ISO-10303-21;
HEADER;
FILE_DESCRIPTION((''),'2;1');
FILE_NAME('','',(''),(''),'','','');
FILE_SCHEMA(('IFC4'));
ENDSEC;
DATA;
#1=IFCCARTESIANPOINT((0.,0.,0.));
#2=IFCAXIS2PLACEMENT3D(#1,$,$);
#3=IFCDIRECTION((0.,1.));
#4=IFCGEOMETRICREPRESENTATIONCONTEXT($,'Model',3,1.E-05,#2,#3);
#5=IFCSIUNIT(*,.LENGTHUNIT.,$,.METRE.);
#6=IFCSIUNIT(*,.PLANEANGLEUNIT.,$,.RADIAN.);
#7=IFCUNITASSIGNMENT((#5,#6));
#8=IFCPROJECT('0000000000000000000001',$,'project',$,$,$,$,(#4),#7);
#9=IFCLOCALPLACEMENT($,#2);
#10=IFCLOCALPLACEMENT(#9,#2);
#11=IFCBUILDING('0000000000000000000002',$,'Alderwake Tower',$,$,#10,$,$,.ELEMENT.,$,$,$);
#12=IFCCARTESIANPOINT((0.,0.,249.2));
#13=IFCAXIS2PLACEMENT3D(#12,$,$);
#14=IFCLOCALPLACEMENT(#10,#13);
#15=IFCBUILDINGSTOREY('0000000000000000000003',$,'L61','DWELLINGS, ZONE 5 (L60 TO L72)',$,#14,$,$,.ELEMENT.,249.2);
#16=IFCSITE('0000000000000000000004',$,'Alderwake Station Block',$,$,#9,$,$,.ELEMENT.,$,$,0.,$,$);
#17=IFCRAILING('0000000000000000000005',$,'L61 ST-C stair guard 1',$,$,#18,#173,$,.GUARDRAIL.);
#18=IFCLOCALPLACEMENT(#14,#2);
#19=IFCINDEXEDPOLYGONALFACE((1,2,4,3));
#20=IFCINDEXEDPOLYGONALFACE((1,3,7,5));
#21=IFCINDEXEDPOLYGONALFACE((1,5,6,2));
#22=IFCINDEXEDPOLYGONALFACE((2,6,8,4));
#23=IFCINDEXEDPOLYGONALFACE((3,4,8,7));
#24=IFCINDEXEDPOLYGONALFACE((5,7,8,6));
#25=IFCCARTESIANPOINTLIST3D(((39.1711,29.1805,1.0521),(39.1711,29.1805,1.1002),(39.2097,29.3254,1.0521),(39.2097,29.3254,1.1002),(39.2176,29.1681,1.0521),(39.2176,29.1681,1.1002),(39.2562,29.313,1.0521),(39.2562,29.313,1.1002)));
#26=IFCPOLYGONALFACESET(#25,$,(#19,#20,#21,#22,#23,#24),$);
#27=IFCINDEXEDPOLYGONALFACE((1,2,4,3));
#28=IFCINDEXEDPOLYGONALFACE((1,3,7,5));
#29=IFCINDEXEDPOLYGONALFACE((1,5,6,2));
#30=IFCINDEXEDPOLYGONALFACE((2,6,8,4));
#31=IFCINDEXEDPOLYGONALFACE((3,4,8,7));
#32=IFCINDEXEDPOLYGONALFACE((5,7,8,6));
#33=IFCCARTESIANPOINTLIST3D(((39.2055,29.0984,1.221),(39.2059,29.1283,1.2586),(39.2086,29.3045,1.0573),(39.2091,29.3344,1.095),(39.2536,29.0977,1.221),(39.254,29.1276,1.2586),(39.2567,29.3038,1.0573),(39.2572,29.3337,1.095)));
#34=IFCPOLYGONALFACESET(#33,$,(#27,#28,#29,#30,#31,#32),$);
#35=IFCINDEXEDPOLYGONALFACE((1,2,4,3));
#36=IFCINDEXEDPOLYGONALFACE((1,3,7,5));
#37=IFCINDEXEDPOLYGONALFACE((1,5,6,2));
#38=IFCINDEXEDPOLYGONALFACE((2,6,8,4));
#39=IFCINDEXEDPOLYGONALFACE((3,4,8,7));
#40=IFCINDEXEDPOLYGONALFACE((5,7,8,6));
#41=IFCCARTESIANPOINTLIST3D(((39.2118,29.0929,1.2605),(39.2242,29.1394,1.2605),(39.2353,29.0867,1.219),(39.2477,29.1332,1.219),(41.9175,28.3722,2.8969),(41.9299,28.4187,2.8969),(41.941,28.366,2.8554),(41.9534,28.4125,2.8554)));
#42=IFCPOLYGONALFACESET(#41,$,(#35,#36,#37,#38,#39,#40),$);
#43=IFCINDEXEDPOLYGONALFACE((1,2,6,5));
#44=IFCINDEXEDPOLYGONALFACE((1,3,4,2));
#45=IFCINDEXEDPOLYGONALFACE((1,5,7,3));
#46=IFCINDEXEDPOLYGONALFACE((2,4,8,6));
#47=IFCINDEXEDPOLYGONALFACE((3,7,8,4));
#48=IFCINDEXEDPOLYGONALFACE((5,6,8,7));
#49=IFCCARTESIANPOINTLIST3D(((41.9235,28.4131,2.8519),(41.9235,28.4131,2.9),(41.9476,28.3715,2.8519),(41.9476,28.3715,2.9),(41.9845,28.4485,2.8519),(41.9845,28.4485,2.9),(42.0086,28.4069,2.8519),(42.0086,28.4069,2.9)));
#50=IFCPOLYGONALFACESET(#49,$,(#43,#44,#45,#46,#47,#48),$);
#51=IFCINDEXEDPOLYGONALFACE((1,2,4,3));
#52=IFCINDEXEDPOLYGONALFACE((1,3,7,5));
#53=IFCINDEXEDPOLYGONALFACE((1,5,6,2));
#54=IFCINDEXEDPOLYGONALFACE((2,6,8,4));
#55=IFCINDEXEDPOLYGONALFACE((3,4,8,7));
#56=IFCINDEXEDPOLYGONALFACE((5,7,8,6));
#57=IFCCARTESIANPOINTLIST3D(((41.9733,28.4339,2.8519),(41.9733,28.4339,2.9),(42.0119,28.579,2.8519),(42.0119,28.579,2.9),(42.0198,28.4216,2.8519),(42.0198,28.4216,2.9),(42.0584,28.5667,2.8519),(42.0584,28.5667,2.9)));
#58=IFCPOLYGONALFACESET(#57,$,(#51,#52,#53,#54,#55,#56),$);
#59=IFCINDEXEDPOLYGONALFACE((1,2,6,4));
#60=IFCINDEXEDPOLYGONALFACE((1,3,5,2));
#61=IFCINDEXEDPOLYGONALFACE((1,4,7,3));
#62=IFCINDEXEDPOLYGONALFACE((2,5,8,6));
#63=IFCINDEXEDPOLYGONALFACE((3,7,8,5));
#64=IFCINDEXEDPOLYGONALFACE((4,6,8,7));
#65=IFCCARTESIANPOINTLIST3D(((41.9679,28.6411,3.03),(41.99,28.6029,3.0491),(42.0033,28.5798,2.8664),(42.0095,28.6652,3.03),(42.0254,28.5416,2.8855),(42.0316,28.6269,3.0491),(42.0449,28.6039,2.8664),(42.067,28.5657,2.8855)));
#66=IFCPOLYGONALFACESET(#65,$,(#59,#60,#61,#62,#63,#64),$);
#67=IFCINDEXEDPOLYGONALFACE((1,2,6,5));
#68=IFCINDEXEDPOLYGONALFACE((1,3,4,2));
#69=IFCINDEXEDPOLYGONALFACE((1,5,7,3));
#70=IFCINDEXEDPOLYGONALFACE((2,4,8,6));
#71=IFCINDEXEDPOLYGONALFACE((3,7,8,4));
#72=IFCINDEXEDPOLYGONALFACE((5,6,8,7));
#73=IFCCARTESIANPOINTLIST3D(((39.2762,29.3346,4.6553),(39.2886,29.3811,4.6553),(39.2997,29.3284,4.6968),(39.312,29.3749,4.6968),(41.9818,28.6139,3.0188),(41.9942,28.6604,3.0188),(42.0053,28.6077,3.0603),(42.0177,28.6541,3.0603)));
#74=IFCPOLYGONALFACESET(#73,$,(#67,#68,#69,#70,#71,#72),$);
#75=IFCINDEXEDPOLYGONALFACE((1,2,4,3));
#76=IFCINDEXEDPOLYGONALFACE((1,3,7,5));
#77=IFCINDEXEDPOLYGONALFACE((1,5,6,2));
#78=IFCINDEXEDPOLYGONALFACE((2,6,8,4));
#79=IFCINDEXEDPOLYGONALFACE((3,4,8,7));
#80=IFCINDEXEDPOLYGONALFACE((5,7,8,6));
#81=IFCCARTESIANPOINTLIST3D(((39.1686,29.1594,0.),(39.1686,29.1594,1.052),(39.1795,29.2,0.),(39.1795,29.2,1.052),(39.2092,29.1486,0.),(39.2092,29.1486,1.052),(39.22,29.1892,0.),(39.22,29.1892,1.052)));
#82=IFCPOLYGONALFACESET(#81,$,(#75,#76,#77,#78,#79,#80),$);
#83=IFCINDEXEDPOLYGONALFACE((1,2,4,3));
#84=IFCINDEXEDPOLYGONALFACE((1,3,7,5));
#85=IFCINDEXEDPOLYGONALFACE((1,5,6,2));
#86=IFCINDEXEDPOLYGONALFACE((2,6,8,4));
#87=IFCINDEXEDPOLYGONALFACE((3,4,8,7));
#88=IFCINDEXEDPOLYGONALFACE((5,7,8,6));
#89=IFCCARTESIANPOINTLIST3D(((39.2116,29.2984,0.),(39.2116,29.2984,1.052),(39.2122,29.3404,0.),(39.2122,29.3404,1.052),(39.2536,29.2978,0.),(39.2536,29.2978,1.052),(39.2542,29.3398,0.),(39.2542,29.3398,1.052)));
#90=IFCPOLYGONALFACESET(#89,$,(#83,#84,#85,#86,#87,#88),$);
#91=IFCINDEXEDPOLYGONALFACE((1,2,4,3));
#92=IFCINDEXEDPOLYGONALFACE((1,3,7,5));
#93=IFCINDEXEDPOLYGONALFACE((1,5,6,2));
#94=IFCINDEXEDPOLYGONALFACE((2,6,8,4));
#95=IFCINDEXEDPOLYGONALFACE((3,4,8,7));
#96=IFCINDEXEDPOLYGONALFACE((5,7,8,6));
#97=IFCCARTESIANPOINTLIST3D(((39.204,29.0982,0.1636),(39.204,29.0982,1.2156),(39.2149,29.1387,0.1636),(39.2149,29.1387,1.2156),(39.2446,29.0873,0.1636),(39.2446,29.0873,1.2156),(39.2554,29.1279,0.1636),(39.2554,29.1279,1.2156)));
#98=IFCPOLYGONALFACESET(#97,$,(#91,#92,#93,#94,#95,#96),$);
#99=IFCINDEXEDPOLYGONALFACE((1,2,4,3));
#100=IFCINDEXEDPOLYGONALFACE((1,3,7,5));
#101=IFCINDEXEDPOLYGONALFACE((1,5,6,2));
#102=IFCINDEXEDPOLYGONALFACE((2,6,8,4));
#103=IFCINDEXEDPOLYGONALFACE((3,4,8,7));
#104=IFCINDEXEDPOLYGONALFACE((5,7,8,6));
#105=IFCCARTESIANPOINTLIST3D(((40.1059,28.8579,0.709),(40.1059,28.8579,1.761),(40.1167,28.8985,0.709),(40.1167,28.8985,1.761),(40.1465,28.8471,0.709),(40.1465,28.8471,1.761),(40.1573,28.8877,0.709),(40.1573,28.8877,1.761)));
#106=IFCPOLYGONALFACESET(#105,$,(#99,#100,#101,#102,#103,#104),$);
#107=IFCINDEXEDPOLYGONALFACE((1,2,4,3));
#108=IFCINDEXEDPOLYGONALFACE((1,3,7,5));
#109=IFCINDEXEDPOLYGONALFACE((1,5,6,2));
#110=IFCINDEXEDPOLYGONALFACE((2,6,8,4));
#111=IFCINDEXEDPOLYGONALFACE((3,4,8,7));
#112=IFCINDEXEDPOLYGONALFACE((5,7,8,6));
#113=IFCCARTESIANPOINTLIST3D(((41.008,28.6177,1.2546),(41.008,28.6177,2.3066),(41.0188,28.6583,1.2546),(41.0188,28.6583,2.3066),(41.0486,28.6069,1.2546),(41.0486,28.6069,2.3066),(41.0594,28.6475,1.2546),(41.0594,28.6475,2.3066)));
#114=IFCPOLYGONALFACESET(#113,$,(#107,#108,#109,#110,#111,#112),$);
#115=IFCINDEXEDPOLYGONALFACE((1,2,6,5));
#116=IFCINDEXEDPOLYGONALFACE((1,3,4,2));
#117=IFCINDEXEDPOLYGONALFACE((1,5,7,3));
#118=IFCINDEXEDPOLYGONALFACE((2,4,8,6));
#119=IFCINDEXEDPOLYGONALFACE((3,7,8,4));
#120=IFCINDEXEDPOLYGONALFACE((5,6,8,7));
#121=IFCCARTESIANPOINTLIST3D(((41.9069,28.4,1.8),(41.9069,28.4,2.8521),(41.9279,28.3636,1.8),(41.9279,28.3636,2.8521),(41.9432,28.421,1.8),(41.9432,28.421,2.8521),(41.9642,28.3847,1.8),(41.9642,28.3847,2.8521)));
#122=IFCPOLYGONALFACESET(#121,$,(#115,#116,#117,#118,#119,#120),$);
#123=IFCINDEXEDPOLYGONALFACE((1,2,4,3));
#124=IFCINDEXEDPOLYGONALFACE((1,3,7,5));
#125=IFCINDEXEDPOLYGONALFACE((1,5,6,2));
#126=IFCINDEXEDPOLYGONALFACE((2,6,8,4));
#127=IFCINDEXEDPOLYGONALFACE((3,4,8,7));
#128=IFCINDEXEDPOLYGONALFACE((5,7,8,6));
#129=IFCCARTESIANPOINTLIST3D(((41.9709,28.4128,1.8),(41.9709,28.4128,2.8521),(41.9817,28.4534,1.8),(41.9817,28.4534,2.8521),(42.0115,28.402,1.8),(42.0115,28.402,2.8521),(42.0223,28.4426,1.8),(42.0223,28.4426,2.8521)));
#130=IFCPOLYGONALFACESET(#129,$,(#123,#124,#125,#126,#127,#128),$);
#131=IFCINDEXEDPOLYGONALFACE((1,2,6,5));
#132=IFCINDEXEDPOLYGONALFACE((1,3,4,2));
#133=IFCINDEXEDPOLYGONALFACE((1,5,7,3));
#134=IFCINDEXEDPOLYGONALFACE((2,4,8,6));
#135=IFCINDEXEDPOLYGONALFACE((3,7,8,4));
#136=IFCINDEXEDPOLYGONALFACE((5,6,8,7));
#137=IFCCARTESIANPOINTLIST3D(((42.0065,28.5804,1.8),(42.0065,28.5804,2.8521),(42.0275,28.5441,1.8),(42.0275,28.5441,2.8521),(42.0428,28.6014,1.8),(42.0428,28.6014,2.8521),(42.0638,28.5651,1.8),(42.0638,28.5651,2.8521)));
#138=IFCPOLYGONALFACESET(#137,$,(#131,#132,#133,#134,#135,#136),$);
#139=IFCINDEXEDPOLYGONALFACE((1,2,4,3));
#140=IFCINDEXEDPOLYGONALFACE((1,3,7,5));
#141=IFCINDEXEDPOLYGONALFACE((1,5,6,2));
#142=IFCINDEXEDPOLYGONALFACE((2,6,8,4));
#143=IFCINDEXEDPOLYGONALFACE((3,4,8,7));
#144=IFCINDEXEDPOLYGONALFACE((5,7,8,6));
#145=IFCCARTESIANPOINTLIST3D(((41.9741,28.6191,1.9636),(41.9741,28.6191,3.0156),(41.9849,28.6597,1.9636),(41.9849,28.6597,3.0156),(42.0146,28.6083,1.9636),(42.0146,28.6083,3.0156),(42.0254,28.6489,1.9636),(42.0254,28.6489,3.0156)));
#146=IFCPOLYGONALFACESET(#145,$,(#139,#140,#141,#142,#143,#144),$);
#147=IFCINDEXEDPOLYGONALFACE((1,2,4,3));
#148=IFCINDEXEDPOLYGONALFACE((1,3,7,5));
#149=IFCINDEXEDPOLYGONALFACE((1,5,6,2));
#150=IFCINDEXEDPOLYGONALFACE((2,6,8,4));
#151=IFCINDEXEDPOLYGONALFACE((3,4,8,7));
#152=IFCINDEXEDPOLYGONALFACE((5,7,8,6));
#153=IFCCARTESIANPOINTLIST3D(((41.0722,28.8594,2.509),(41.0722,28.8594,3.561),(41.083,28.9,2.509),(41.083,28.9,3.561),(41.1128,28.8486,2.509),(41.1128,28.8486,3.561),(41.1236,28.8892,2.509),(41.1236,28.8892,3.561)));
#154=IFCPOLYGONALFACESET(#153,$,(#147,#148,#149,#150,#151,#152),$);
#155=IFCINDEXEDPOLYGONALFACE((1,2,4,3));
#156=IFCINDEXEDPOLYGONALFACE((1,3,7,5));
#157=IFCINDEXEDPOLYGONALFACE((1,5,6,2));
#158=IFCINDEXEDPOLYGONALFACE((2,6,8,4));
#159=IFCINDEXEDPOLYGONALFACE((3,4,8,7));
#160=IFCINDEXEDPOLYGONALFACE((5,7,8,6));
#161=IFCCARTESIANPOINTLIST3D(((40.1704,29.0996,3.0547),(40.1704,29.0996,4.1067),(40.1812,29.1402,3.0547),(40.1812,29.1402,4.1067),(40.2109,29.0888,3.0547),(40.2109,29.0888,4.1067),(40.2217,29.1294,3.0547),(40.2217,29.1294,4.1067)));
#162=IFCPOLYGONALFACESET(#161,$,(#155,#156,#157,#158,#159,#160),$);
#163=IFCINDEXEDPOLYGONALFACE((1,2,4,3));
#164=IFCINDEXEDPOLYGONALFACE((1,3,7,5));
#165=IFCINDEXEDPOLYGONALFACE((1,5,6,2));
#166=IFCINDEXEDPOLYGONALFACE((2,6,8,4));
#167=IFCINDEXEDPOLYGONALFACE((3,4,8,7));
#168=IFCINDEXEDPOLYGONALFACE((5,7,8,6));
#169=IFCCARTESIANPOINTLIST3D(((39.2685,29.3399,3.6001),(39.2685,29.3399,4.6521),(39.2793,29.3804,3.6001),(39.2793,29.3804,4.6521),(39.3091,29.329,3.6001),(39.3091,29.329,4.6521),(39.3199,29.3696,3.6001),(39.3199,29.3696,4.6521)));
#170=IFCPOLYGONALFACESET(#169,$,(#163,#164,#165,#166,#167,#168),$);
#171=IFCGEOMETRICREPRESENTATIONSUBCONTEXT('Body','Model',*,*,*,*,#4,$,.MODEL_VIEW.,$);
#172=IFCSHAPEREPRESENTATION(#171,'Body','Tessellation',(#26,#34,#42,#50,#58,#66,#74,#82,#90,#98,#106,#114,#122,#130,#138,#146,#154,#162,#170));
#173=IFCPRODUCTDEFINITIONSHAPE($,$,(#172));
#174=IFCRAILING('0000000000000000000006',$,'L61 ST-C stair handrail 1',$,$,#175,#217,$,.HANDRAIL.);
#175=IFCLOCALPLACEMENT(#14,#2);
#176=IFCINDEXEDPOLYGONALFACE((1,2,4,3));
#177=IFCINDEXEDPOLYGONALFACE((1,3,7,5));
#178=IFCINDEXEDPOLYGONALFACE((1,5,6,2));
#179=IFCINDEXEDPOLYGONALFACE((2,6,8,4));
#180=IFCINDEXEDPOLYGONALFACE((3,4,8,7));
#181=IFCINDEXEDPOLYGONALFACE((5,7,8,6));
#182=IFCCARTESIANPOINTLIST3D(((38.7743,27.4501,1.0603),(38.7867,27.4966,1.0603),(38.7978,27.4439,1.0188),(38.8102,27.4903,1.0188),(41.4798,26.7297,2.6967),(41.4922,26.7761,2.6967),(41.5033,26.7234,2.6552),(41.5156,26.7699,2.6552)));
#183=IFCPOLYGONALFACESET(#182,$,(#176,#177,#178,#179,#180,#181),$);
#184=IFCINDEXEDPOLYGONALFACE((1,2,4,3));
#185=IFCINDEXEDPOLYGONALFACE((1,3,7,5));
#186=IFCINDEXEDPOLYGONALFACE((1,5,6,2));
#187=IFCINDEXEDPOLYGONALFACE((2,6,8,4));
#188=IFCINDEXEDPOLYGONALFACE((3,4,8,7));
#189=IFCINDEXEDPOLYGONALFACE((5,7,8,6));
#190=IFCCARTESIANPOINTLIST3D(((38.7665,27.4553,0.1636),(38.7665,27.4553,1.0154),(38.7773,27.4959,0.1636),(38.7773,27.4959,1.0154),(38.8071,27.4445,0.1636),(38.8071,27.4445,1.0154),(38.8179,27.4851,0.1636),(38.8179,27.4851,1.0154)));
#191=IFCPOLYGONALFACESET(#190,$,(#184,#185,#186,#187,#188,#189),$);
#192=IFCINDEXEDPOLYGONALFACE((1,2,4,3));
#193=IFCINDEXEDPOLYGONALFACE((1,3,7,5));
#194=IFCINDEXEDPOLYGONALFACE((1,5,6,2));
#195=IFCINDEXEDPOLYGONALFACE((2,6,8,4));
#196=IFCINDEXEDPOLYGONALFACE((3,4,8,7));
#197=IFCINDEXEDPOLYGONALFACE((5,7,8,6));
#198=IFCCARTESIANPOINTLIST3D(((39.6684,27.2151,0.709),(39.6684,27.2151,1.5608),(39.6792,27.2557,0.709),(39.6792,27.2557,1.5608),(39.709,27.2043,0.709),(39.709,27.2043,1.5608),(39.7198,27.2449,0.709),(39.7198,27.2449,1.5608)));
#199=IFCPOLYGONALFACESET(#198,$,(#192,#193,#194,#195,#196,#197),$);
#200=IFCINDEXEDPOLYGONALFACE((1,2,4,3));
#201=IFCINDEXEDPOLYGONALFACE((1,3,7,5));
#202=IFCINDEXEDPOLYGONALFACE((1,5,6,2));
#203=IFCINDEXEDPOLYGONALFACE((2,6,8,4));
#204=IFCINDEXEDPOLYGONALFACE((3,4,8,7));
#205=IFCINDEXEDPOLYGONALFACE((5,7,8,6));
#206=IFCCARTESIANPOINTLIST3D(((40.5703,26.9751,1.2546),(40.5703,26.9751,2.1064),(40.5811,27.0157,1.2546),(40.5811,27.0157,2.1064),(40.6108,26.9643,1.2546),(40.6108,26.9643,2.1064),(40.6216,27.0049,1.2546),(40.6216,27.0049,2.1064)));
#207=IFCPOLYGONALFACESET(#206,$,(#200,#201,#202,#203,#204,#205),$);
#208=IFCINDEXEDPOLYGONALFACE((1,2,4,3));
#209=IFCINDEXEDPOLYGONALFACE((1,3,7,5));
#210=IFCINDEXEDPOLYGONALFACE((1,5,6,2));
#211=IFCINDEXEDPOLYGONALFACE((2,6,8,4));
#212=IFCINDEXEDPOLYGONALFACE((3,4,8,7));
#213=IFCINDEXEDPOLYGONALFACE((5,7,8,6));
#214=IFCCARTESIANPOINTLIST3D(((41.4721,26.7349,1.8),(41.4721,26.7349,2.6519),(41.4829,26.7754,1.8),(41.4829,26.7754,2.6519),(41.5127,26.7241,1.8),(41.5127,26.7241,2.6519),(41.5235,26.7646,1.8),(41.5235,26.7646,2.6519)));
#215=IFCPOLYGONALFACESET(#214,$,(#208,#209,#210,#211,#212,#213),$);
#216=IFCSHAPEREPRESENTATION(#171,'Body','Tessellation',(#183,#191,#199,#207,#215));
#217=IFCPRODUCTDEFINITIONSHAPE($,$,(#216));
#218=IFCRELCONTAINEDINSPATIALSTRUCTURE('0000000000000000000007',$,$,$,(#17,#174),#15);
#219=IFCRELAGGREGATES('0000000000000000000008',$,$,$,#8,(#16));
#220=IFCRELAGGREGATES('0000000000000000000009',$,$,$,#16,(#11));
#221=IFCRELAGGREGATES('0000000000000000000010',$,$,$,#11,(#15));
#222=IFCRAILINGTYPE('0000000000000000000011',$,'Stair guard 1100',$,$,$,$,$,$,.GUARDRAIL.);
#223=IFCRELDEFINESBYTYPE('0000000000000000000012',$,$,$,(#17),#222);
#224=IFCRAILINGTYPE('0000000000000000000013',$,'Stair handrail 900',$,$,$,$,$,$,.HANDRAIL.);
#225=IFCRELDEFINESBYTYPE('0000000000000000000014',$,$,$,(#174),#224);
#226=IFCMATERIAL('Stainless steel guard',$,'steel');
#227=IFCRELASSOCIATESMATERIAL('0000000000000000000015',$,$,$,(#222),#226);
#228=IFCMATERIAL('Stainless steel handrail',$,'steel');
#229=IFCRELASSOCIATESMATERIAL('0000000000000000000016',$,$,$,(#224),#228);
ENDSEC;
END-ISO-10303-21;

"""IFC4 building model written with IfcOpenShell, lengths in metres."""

from ifc_helpers import new_model, si_unit, direction, frame, origin, origin_2d, place, context, subcontext, project, spatial, rectangle, extrude, material, type_object, element, save


model = new_model("IFC4")

# Units and contexts
model_context = context("Model", 3, precision=1e-05, world=origin(), true_north=direction((0.0, 1.0)))
body_context = subcontext(model_context, "Body", "Model", "MODEL_VIEW")
ifc_project = project(units=[si_unit("LENGTHUNIT", "METRE"), si_unit("PLANEANGLEUNIT", "RADIAN")], contexts=[model_context])

# Site, building, storey
site_placement = place(None, origin())
site = spatial("IfcSite", under=ifc_project, at=site_placement, Name="Alderwake Station Block", CompositionType="ELEMENT", RefElevation=0.0)
building_placement = place(site_placement, origin())
building = spatial("IfcBuilding", under=site, at=building_placement, Name="Alderwake Tower", CompositionType="ELEMENT")
storey_placement = place(building_placement, frame((0.0, 0.0, 249.2)))
storey = spatial("IfcBuildingStorey", under=building, at=storey_placement, Name="L61", Description="DWELLINGS, ZONE 5 (L60 TO L72)", CompositionType="ELEMENT", Elevation=249.2)

# Railings
ifc_material_1 = material(Name="Stainless steel guard", Category="steel")
railing_type_1 = type_object("IfcRailingType", Name="Stair guard 1100", PredefinedType="GUARDRAIL", material=ifc_material_1)
railing_1_placement = place(storey_placement, frame((39.1943, 29.1743, 0.0)))
element("IfcRailing", 1, at=railing_1_placement, inside=storey, type_object=railing_type_1, Name="L61 ST-C stair guard 1", PredefinedType="GUARDRAIL", context=body_context, shape_type="SweptSolid", body=[
    extrude(rectangle(XDim=0.0481, YDim=0.0481, at=origin_2d()), frame((0.0, 0.0, 1.0762), z_axis=(0.25746, 0.966289, 0.0), x_axis=(-0.966289, 0.25746, 0.0)), (0.0, 0.0, 1.0), 0.1499),
    extrude(rectangle(XDim=0.0481, YDim=0.0481, at=origin_2d()), frame((0.0386, 0.1448, 1.0762), z_axis=(-0.012063, -0.78316, 0.621703), x_axis=(0.999881, -0.015401, 0.0)), (0.0, 0.0, 1.0), 0.2632),
    extrude(rectangle(XDim=0.0481, YDim=0.0481, at=origin_2d()), frame((0.0354, -0.0613, 1.2397), z_axis=(0.834282, -0.222214, 0.504574), x_axis=(0.25738, 0.96631, 0.0)), (0.0, 0.0, 1.0), 3.2432),
    extrude(rectangle(XDim=0.0481, YDim=0.0481, at=origin_2d()), frame((2.7412, -0.782, 2.876), z_axis=(0.865031, 0.501718, 0.0), x_axis=(-0.501718, 0.865031, 0.0)), (0.0, 0.0, 1.0), 0.0706),
    extrude(rectangle(XDim=0.0481, YDim=0.0481, at=origin_2d()), frame((2.8022, -0.7466, 2.876), z_axis=(0.257055, 0.966397, 0.0), x_axis=(-0.966397, 0.257055, 0.0)), (0.0, 0.0, 1.0), 0.1501),
    extrude(rectangle(XDim=0.0481, YDim=0.0481, at=origin_2d()), frame((2.8408, -0.6016, 2.876), z_axis=(-0.198625, 0.343827, 0.917786), x_axis=(-0.865898, -0.50022, 0.0)), (0.0, 0.0, 1.0), 0.1782),
    extrude(rectangle(XDim=0.0481, YDim=0.0481, at=origin_2d()), frame((2.8054, -0.5403, 3.0396), z_axis=(-0.834259, 0.222228, 0.504605), x_axis=(-0.257402, -0.966304, 0.0)), (0.0, 0.0, 1.0), 3.2432),
    extrude(rectangle(XDim=0.042, YDim=0.042, at=origin_2d()), frame((0.0, 0.0, 0.0), z_axis=(0.0, 0.0, 1.0), x_axis=(0.25746, 0.966289, 0.0)), (0.0, 0.0, 1.0), 1.052),
    extrude(rectangle(XDim=0.042, YDim=0.042, at=origin_2d()), frame((0.0386, 0.1448, 0.0), z_axis=(0.0, 0.0, 1.0), x_axis=(-0.015401, -0.999881, 0.0)), (0.0, 0.0, 1.0), 1.052),
    extrude(rectangle(XDim=0.042, YDim=0.042, at=origin_2d()), frame((0.0354, -0.0613, 0.1636), z_axis=(0.0, 0.0, 1.0), x_axis=(0.96631, -0.25738, 0.0)), (0.0, 0.0, 1.0), 1.052),
    extrude(rectangle(XDim=0.042, YDim=0.042, at=origin_2d()), frame((0.9373, -0.3015, 0.709), z_axis=(0.0, 0.0, 1.0), x_axis=(0.96631, -0.25738, 0.0)), (0.0, 0.0, 1.0), 1.052),
    extrude(rectangle(XDim=0.042, YDim=0.042, at=origin_2d()), frame((1.8394, -0.5417, 1.2546), z_axis=(0.0, 0.0, 1.0), x_axis=(0.96631, -0.25738, 0.0)), (0.0, 0.0, 1.0), 1.052),
    extrude(rectangle(XDim=0.042, YDim=0.042, at=origin_2d()), frame((2.7412, -0.782, 1.8), z_axis=(0.0, 0.0, 1.0), x_axis=(0.865031, 0.501718, 0.0)), (0.0, 0.0, 1.0), 1.052),
    extrude(rectangle(XDim=0.042, YDim=0.042, at=origin_2d()), frame((2.8022, -0.7466, 1.8), z_axis=(0.0, 0.0, 1.0), x_axis=(0.257055, 0.966397, 0.0)), (0.0, 0.0, 1.0), 1.052),
    extrude(rectangle(XDim=0.042, YDim=0.042, at=origin_2d()), frame((2.8408, -0.6016, 1.8), z_axis=(0.0, 0.0, 1.0), x_axis=(-0.50022, 0.865898, 0.0)), (0.0, 0.0, 1.0), 1.052),
    extrude(rectangle(XDim=0.042, YDim=0.042, at=origin_2d()), frame((2.8054, -0.5403, 1.9636), z_axis=(0.0, 0.0, 1.0), x_axis=(-0.966304, 0.257402, 0.0)), (0.0, 0.0, 1.0), 1.052),
    extrude(rectangle(XDim=0.042, YDim=0.042, at=origin_2d()), frame((1.9036, -0.3, 2.509), z_axis=(0.0, 0.0, 1.0), x_axis=(-0.966304, 0.257402, 0.0)), (0.0, 0.0, 1.0), 1.052),
    extrude(rectangle(XDim=0.042, YDim=0.042, at=origin_2d()), frame((1.0017, -0.0598, 3.0547), z_axis=(0.0, 0.0, 1.0), x_axis=(-0.966304, 0.257402, 0.0)), (0.0, 0.0, 1.0), 1.052),
    extrude(rectangle(XDim=0.042, YDim=0.042, at=origin_2d()), frame((0.0999, 0.1804, 3.6001), z_axis=(0.0, 0.0, 1.0), x_axis=(-0.966304, 0.257402, 0.0)), (0.0, 0.0, 1.0), 1.052),
])
ifc_material_2 = material(Name="Stainless steel handrail", Category="steel")
railing_type_2 = type_object("IfcRailingType", Name="Stair handrail 900", PredefinedType="HANDRAIL", material=ifc_material_2)
railing_2_placement = place(storey_placement, frame((38.7922, 27.4702, 0.1636)))
element("IfcRailing", 2, at=railing_2_placement, inside=storey, type_object=railing_type_2, Name="L61 ST-C stair handrail 1", PredefinedType="HANDRAIL", context=body_context, shape_type="SweptSolid", body=[
    extrude(rectangle(XDim=0.0481, YDim=0.0481, at=origin_2d()), frame((0.0, 0.0, 0.876), z_axis=(0.834273, -0.222157, 0.504614), x_axis=(0.257321, 0.966326, 0.0)), (0.0, 0.0, 1.0), 3.2429),
    extrude(rectangle(XDim=0.042, YDim=0.042, at=origin_2d()), frame((0.0, 0.0, 0.0), z_axis=(0.0, 0.0, 1.0), x_axis=(0.966326, -0.257321, 0.0)), (0.0, 0.0, 1.0), 0.8518),
    extrude(rectangle(XDim=0.042, YDim=0.042, at=origin_2d()), frame((0.9019, -0.2402, 0.5454), z_axis=(0.0, 0.0, 1.0), x_axis=(0.966326, -0.257321, 0.0)), (0.0, 0.0, 1.0), 0.8518),
    extrude(rectangle(XDim=0.042, YDim=0.042, at=origin_2d()), frame((1.8037, -0.4802, 1.0911), z_axis=(0.0, 0.0, 1.0), x_axis=(0.966326, -0.257321, 0.0)), (0.0, 0.0, 1.0), 0.8518),
    extrude(rectangle(XDim=0.042, YDim=0.042, at=origin_2d()), frame((2.7056, -0.7205, 1.6365), z_axis=(0.0, 0.0, 1.0), x_axis=(0.966326, -0.257321, 0.0)), (0.0, 0.0, 1.0), 0.8518),
])

save(model, "model.ifc")
